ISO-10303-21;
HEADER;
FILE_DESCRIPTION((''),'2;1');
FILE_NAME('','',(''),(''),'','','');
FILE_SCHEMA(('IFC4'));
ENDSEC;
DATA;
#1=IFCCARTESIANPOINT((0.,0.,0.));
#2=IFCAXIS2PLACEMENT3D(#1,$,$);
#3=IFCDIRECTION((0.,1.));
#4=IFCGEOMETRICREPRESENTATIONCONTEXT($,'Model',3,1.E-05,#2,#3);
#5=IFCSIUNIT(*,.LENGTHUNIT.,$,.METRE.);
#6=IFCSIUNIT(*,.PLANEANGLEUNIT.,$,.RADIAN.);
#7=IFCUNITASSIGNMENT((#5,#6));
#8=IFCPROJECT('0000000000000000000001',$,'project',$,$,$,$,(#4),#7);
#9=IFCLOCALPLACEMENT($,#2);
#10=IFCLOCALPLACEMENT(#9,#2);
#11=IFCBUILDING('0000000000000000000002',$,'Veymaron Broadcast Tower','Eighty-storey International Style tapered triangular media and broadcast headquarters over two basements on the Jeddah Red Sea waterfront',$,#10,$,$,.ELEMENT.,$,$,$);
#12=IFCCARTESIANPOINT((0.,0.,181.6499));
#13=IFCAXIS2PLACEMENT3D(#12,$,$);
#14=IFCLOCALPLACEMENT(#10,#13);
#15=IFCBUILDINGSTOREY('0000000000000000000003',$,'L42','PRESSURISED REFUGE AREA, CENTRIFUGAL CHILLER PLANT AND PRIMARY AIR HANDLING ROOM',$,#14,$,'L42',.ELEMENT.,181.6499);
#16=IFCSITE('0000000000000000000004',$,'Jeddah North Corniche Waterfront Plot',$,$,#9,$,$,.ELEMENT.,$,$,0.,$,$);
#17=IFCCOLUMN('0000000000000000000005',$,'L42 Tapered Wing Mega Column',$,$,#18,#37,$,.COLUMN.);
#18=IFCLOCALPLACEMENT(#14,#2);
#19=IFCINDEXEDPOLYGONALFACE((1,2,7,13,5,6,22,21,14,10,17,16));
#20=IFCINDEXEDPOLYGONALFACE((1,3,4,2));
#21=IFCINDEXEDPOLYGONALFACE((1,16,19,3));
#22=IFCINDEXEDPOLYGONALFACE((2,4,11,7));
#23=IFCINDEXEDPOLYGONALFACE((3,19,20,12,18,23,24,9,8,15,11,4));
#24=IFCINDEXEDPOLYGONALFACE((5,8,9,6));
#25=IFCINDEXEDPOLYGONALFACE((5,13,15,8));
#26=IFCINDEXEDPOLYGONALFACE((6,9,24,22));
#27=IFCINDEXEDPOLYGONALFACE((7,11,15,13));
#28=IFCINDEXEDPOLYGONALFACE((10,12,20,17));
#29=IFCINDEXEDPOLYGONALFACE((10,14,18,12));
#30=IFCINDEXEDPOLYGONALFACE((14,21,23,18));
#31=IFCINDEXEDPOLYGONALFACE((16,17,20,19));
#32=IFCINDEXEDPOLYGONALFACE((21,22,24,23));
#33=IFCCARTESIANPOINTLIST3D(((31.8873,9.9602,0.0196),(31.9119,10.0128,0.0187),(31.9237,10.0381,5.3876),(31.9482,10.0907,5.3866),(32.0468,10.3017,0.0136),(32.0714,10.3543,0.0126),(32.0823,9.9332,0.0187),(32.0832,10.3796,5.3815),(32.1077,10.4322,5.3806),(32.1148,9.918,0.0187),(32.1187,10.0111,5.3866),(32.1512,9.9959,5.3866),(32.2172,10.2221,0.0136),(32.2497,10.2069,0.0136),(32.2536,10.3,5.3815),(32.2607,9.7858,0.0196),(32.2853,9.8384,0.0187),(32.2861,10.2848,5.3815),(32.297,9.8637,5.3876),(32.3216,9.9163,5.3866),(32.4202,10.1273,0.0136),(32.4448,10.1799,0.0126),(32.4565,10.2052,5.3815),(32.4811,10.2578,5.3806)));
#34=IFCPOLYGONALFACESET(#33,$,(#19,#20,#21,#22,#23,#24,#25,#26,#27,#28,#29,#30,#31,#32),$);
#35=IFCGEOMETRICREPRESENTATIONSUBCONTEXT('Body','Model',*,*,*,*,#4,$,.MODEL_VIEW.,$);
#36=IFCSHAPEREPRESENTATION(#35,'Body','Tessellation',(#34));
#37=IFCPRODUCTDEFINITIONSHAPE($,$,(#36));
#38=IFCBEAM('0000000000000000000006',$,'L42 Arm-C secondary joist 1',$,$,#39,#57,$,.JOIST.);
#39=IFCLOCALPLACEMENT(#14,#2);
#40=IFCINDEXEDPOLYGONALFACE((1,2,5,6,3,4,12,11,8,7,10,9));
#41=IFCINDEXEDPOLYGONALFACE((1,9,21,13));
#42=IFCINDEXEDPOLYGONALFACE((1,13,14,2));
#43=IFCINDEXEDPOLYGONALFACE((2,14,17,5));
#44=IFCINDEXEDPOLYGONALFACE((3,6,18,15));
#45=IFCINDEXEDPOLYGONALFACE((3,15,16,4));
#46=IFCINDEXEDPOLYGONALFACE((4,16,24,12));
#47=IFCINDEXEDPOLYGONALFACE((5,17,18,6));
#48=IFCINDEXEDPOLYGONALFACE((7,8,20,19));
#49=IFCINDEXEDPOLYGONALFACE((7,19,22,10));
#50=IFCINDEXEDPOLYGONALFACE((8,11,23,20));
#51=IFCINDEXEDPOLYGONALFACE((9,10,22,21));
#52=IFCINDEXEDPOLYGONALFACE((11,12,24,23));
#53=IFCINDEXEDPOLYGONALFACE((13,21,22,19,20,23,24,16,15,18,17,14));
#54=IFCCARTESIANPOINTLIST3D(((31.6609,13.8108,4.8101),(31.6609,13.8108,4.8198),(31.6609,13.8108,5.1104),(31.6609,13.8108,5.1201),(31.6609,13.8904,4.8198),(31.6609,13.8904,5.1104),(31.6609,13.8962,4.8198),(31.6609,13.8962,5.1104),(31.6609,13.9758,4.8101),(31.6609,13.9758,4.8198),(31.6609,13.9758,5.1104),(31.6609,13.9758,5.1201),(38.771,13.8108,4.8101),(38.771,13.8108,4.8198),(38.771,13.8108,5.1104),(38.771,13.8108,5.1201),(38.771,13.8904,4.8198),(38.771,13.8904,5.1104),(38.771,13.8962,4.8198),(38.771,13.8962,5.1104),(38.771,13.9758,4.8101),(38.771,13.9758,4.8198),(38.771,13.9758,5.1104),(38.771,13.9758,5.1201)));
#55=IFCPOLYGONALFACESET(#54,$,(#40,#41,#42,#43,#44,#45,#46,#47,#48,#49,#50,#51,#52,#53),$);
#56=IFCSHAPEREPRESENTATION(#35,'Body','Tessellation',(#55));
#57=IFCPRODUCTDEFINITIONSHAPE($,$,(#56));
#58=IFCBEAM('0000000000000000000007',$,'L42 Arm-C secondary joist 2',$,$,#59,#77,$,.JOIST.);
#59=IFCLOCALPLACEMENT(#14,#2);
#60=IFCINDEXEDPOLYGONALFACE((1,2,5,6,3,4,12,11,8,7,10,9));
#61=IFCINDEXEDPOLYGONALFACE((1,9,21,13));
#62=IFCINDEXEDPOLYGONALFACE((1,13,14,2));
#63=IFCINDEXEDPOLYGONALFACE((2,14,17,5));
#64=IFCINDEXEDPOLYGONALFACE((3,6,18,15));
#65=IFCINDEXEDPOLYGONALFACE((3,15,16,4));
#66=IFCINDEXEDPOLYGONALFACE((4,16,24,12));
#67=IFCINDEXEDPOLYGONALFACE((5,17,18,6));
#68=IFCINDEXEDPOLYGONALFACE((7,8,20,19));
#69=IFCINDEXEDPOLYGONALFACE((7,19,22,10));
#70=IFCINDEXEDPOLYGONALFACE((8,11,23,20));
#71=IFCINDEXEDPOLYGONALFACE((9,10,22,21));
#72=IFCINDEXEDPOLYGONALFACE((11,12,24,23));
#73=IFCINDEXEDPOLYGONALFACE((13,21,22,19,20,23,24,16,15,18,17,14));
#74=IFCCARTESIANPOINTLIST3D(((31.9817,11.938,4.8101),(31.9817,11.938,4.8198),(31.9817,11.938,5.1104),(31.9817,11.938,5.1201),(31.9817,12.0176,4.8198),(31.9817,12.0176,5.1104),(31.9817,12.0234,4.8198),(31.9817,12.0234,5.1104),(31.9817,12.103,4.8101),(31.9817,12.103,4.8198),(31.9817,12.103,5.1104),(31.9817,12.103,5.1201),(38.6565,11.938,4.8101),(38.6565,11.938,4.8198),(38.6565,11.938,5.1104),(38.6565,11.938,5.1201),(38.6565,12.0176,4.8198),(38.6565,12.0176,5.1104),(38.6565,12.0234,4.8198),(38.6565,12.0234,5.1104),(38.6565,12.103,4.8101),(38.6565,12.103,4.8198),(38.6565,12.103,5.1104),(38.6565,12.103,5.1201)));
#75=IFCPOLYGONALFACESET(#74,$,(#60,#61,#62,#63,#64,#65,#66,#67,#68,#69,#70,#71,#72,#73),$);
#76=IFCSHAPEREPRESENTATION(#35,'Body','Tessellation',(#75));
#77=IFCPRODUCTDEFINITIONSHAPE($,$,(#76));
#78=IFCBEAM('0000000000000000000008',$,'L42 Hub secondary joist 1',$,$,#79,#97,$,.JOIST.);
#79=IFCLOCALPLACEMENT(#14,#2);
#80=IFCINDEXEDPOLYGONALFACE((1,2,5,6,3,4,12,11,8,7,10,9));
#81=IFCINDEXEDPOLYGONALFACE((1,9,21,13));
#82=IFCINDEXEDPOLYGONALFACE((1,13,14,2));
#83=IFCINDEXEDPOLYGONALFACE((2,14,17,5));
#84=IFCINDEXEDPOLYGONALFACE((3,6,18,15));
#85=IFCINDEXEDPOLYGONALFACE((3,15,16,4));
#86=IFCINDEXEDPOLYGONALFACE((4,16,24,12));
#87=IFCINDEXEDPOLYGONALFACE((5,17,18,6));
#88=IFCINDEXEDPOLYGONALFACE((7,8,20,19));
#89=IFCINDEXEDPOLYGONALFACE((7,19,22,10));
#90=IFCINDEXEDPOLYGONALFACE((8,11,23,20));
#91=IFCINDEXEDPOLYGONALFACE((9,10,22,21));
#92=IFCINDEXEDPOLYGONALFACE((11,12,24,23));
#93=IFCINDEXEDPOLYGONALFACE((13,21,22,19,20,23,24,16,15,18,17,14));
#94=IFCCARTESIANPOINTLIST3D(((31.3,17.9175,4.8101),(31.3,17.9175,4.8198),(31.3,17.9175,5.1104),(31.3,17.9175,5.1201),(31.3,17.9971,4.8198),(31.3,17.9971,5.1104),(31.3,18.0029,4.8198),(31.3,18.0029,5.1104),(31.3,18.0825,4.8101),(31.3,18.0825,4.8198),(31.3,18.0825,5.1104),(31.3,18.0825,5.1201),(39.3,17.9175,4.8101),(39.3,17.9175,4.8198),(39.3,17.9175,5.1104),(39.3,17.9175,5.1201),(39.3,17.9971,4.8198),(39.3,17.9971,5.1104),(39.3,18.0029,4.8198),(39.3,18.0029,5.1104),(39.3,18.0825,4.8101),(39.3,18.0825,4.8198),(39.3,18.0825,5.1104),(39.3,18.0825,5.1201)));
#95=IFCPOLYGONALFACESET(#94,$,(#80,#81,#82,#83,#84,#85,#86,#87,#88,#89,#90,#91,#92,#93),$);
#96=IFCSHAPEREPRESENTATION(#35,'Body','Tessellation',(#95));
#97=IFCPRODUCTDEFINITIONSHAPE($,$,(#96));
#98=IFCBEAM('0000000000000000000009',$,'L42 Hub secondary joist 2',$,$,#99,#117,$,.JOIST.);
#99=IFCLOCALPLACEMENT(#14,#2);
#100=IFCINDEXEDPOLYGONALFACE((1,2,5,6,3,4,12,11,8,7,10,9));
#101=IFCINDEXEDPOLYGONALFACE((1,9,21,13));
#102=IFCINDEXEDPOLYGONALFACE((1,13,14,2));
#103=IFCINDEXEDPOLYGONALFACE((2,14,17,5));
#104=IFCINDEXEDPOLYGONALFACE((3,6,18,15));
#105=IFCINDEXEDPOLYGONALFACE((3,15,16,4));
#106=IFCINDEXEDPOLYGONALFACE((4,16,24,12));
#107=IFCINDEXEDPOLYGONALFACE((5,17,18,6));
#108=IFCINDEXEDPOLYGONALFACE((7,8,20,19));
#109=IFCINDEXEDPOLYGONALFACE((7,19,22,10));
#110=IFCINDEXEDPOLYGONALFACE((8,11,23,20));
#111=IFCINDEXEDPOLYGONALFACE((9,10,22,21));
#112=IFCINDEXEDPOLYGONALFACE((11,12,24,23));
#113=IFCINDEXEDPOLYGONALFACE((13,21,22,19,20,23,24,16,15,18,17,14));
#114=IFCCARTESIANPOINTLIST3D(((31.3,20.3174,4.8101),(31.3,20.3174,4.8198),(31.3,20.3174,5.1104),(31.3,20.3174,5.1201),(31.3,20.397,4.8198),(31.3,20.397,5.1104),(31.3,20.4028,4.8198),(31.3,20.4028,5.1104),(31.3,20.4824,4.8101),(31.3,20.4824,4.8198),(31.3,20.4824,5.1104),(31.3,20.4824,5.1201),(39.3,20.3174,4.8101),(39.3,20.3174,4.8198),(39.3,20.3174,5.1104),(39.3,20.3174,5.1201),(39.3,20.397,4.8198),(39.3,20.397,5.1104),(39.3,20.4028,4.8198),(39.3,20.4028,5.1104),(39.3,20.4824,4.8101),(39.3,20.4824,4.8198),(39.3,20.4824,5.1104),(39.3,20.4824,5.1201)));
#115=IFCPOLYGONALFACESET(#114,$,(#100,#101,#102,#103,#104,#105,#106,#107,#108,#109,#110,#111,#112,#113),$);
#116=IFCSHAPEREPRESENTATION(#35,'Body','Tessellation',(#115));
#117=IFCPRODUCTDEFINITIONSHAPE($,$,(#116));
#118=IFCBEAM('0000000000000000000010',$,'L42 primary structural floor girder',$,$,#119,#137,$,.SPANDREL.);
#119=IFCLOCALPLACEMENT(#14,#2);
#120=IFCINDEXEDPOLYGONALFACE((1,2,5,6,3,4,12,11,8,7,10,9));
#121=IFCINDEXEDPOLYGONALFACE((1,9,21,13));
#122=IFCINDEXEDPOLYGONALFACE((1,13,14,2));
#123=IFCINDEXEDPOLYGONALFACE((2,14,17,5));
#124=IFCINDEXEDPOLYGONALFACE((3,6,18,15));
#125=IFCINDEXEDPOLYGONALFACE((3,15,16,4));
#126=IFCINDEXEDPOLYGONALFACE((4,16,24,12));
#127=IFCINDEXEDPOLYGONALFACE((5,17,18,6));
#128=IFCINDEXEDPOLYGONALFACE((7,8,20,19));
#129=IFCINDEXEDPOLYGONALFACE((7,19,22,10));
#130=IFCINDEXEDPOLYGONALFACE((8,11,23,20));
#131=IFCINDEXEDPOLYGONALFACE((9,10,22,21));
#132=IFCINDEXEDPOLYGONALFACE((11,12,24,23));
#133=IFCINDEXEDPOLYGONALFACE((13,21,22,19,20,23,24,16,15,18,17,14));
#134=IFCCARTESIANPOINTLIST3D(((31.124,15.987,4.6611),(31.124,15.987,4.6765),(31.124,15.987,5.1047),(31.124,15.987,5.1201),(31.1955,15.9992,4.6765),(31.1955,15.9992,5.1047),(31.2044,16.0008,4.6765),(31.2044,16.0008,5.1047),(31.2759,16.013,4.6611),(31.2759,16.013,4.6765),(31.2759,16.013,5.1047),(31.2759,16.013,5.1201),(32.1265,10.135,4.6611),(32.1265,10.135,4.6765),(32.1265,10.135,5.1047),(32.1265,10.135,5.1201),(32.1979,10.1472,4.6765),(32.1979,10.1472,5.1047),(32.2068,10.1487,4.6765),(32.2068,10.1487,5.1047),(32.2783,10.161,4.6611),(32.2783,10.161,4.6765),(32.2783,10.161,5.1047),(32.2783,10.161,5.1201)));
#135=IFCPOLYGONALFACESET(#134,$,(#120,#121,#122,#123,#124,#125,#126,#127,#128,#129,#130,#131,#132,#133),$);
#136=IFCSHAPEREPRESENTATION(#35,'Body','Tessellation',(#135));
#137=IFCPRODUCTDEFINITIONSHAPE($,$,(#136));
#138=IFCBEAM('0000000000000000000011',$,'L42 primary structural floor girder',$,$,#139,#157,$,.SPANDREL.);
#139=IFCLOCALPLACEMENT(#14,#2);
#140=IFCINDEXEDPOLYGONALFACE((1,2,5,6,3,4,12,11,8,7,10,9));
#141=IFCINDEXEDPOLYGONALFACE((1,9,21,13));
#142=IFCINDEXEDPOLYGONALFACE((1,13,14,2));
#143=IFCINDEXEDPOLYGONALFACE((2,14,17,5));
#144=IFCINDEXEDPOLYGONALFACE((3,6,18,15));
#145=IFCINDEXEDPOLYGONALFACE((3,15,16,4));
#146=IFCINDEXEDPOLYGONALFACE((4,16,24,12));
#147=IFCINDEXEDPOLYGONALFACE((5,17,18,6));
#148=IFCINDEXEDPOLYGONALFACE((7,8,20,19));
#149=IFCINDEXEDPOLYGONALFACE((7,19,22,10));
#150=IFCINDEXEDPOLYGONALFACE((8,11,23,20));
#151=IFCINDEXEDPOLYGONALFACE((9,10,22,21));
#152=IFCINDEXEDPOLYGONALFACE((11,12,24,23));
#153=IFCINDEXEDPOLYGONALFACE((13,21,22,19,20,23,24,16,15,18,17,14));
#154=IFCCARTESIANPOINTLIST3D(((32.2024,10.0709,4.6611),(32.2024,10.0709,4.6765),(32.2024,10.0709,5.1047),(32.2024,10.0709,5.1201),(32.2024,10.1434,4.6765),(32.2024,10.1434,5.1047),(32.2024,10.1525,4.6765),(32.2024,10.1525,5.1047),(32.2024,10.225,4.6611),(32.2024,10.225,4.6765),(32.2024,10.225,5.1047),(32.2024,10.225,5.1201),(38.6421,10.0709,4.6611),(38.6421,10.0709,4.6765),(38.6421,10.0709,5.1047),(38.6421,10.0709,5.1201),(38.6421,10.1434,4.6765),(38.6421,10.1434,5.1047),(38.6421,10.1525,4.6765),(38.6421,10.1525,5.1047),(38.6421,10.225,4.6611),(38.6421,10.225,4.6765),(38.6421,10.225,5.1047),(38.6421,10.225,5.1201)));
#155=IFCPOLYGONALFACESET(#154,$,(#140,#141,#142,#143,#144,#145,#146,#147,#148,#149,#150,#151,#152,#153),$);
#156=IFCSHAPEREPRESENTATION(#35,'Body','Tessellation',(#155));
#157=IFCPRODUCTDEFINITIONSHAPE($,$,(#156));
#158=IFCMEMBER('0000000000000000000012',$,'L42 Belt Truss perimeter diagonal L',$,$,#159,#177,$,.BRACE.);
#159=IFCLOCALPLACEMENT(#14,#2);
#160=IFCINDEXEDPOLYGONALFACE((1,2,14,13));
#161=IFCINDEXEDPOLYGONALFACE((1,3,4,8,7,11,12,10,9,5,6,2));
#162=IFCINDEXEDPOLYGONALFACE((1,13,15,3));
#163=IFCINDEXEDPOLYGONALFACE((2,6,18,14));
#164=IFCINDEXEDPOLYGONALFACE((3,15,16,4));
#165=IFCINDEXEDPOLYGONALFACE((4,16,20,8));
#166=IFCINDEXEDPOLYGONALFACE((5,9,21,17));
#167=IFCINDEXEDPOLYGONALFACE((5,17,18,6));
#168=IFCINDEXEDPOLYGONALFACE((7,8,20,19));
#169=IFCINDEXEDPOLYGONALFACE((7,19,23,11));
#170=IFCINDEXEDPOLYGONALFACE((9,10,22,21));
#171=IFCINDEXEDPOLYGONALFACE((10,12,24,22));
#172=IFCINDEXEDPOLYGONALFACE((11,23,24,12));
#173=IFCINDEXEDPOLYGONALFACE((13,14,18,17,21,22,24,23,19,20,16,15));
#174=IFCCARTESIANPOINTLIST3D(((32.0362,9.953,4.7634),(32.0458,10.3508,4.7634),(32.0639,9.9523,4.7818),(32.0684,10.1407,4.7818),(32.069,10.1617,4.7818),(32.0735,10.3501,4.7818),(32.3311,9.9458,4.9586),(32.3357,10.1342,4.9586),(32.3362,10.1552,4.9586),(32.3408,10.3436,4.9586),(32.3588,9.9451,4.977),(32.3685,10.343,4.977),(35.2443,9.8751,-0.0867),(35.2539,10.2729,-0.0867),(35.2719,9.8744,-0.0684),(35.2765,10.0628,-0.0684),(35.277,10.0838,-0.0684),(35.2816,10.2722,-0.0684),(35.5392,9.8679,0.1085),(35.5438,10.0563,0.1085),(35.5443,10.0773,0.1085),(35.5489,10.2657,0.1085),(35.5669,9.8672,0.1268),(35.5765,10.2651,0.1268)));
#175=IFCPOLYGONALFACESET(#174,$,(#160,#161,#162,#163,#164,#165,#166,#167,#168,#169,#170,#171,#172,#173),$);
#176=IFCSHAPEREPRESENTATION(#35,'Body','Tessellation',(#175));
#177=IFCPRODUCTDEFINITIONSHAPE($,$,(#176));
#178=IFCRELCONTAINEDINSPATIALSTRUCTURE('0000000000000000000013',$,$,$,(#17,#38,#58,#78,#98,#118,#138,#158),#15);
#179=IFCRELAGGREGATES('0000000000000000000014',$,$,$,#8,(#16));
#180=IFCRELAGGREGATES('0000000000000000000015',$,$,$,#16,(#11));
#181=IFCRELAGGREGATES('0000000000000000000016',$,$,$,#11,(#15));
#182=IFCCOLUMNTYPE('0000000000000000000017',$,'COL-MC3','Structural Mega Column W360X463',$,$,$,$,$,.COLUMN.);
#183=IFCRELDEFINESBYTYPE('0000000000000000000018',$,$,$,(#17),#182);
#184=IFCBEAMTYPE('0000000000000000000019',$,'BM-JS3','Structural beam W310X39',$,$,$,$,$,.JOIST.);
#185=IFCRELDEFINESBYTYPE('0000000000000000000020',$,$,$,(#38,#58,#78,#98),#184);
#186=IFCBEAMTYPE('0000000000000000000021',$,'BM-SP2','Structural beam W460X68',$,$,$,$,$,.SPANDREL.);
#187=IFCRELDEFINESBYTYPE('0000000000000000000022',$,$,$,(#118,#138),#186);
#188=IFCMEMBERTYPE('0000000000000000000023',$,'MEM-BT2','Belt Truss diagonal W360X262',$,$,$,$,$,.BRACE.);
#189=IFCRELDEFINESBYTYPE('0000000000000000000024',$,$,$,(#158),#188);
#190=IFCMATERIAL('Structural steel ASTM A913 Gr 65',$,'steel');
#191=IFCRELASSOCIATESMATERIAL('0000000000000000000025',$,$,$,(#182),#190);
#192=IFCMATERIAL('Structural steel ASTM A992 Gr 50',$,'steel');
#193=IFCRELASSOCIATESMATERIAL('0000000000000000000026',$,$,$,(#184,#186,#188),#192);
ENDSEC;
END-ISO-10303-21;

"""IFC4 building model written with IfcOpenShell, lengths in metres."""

from ifc_helpers import new_model, si_unit, direction, frame, origin, origin_2d, place, context, subcontext, project, spatial, i_section, extrude, material, material_profile, profile_set, type_object, element, save


model = new_model("IFC4")

# Units and contexts
model_context = context("Model", 3, precision=1e-05, world=origin(), true_north=direction((0.0, 1.0)))
body_context = subcontext(model_context, "Body", "Model", "MODEL_VIEW")
ifc_project = project(units=[si_unit("LENGTHUNIT", "METRE"), si_unit("PLANEANGLEUNIT", "RADIAN")], contexts=[model_context])

# Site, building, storey
site_placement = place(None, origin())
site = spatial("IfcSite", under=ifc_project, at=site_placement, Name="Jeddah North Corniche Waterfront Plot", CompositionType="ELEMENT", RefElevation=0.0)
building_placement = place(site_placement, origin())
building = spatial("IfcBuilding", under=site, at=building_placement, Name="Veymaron Broadcast Tower", Description="Eighty-storey International Style tapered triangular media and broadcast headquarters over two basements on the Jeddah Red Sea waterfront", CompositionType="ELEMENT")
storey_placement = place(building_placement, frame((0.0, 0.0, 181.6499)))
storey = spatial("IfcBuildingStorey", under=building, at=storey_placement, Name="L42", Description="PRESSURISED REFUGE AREA, CENTRIFUGAL CHILLER PLANT AND PRIMARY AIR HANDLING ROOM", LongName="L42", CompositionType="ELEMENT", Elevation=181.6499)

# Column
ifc_material_1 = material(Name="Structural steel ASTM A913 Gr 65", Category="steel")
ifc_material_profile_1 = material_profile(ifc_material_1, i_section(OverallWidth=0.4121, OverallDepth=0.4351, WebThickness=0.0359, FlangeThickness=0.0581, at=origin_2d()), Name="W360X463")
ifc_profile_set_1 = profile_set([ifc_material_profile_1], Name="Structural steel ASTM A913 Gr 65")
column_type = type_object("IfcColumnType", Name="COL-MC3", Description="Structural Mega Column W360X463", PredefinedType="COLUMN", material=ifc_profile_set_1)
column_placement = place(storey_placement, frame((32.166, 10.0701, 0.0161), z_axis=(0.006776, 0.014507, 0.999872), x_axis=(-0.906038, 0.423196, 0.0)))
element("IfcColumn", 1, at=column_placement, inside=storey, type_object=column_type, Name="L42 Tapered Wing Mega Column", PredefinedType="COLUMN", context=body_context, shape_type="SweptSolid", body=[
    extrude(i_section(OverallWidth=0.4121, OverallDepth=0.4351, WebThickness=0.0359, FlangeThickness=0.0581, at=origin_2d()), origin(), (0.0, 0.0, 1.0), 5.3687),
])

# Beams
ifc_material_2 = material(Name="Structural steel ASTM A992 Gr 50", Category="steel")
ifc_material_profile_2 = material_profile(ifc_material_2, i_section(OverallWidth=0.165, OverallDepth=0.3101, WebThickness=0.0059, FlangeThickness=0.0098, at=origin_2d()), Name="W310X39")
ifc_profile_set_2 = profile_set([ifc_material_profile_2], Name="Structural steel ASTM A992 Gr 50")
beam_type_1 = type_object("IfcBeamType", Name="BM-JS3", Description="Structural beam W310X39", PredefinedType="JOIST", material=ifc_profile_set_2)
beam_1_placement = place(storey_placement, frame((31.6609, 13.8933, 4.9651), z_axis=(1.0, 0.0, 0.0), x_axis=(0.0, 1.0, 0.0)))
element("IfcBeam", 2, at=beam_1_placement, inside=storey, type_object=beam_type_1, Name="L42 Arm-C secondary joist 1", PredefinedType="JOIST", context=body_context, shape_type="SweptSolid", body=[
    extrude(i_section(OverallWidth=0.165, OverallDepth=0.3101, WebThickness=0.0059, FlangeThickness=0.0098, at=origin_2d()), origin(), (0.0, 0.0, 1.0), 7.1101),
])
beam_2_placement = place(storey_placement, frame((31.9817, 12.0205, 4.9651), z_axis=(1.0, 0.0, 0.0), x_axis=(0.0, 1.0, 0.0)))
element("IfcBeam", 3, at=beam_2_placement, inside=storey, type_object=beam_type_1, Name="L42 Arm-C secondary joist 2", PredefinedType="JOIST", context=body_context, shape_type="SweptSolid", body=[
    extrude(i_section(OverallWidth=0.165, OverallDepth=0.3101, WebThickness=0.0059, FlangeThickness=0.0098, at=origin_2d()), origin(), (0.0, 0.0, 1.0), 6.6748),
])
for number, where, z_axis, x_axis, name in (
    (4, (31.3, 18.0, 4.9651), (1.0, 0.0, 0.0), (0.0, 1.0, 0.0), "L42 Hub secondary joist 1"),
    (5, (31.3, 20.3999, 4.9651), (1.0, 0.0, 0.0), (0.0, 1.0, 0.0), "L42 Hub secondary joist 2"),
):
    element("IfcBeam", number, at=place(storey_placement, frame(where, z_axis=z_axis, x_axis=x_axis)), inside=storey, type_object=beam_type_1, Name=name, PredefinedType="JOIST", context=body_context, shape_type="SweptSolid", body=[
        extrude(i_section(OverallWidth=0.165, OverallDepth=0.3101, WebThickness=0.0059, FlangeThickness=0.0098, at=origin_2d()), origin(), (0.0, 0.0, 1.0), 8.0),
    ])
ifc_material_profile_3 = material_profile(ifc_material_2, i_section(OverallWidth=0.1541, OverallDepth=0.459, WebThickness=0.009, FlangeThickness=0.0154, at=origin_2d()), Name="W460X68")
ifc_profile_set_3 = profile_set([ifc_material_profile_3], Name="Structural steel ASTM A992 Gr 50")
beam_type_2 = type_object("IfcBeamType", Name="BM-SP2", Description="Structural beam W460X68", PredefinedType="SPANDREL", material=ifc_profile_set_3)
beam_3_placement = place(storey_placement, frame((31.2, 16.0, 4.8906), z_axis=(0.168838, -0.985644, 0.0), x_axis=(0.985644, 0.168838, 0.0)))
element("IfcBeam", 6, at=beam_3_placement, inside=storey, type_object=beam_type_2, Name="L42 primary structural floor girder", PredefinedType="SPANDREL", context=body_context, shape_type="SweptSolid", body=[
    extrude(i_section(OverallWidth=0.1541, OverallDepth=0.459, WebThickness=0.009, FlangeThickness=0.0154, at=origin_2d()), origin(), (0.0, 0.0, 1.0), 5.9373),
])
beam_4_placement = place(storey_placement, frame((32.2024, 10.1479, 4.8906), z_axis=(1.0, 0.0, 0.0), x_axis=(0.0, 1.0, 0.0)))
element("IfcBeam", 7, at=beam_4_placement, inside=storey, type_object=beam_type_2, Name="L42 primary structural floor girder", PredefinedType="SPANDREL", context=body_context, shape_type="SweptSolid", body=[
    extrude(i_section(OverallWidth=0.1541, OverallDepth=0.459, WebThickness=0.009, FlangeThickness=0.0154, at=origin_2d()), origin(), (0.0, 0.0, 1.0), 6.4397),
])

# Member
ifc_material_profile_4 = material_profile(ifc_material_2, i_section(OverallWidth=0.3979, OverallDepth=0.387, WebThickness=0.021, FlangeThickness=0.0332, at=origin_2d()), Name="W360X262")
ifc_profile_set_4 = profile_set([ifc_material_profile_4], Name="Structural steel ASTM A992 Gr 50")
member_type_1 = type_object("IfcMemberType", Name="MEM-BT2", Description="Belt Truss diagonal W360X262", PredefinedType="BRACE", material=ifc_profile_set_4)
member_1_placement = place(storey_placement, frame((35.4104, 10.0701, 0.02), z_axis=(-0.551624, 0.013392, 0.833985), x_axis=(-0.02427, -0.999705, 0.0)))
element("IfcMember", 8, at=member_1_placement, inside=storey, type_object=member_type_1, Name="L42 Belt Truss perimeter diagonal L", PredefinedType="BRACE", context=body_context, shape_type="SweptSolid", body=[
    extrude(i_section(OverallWidth=0.3979, OverallDepth=0.387, WebThickness=0.021, FlangeThickness=0.0332, at=origin_2d()), origin(), (0.0, 0.0, 1.0), 5.8157),
])

save(model, "model.ifc")
